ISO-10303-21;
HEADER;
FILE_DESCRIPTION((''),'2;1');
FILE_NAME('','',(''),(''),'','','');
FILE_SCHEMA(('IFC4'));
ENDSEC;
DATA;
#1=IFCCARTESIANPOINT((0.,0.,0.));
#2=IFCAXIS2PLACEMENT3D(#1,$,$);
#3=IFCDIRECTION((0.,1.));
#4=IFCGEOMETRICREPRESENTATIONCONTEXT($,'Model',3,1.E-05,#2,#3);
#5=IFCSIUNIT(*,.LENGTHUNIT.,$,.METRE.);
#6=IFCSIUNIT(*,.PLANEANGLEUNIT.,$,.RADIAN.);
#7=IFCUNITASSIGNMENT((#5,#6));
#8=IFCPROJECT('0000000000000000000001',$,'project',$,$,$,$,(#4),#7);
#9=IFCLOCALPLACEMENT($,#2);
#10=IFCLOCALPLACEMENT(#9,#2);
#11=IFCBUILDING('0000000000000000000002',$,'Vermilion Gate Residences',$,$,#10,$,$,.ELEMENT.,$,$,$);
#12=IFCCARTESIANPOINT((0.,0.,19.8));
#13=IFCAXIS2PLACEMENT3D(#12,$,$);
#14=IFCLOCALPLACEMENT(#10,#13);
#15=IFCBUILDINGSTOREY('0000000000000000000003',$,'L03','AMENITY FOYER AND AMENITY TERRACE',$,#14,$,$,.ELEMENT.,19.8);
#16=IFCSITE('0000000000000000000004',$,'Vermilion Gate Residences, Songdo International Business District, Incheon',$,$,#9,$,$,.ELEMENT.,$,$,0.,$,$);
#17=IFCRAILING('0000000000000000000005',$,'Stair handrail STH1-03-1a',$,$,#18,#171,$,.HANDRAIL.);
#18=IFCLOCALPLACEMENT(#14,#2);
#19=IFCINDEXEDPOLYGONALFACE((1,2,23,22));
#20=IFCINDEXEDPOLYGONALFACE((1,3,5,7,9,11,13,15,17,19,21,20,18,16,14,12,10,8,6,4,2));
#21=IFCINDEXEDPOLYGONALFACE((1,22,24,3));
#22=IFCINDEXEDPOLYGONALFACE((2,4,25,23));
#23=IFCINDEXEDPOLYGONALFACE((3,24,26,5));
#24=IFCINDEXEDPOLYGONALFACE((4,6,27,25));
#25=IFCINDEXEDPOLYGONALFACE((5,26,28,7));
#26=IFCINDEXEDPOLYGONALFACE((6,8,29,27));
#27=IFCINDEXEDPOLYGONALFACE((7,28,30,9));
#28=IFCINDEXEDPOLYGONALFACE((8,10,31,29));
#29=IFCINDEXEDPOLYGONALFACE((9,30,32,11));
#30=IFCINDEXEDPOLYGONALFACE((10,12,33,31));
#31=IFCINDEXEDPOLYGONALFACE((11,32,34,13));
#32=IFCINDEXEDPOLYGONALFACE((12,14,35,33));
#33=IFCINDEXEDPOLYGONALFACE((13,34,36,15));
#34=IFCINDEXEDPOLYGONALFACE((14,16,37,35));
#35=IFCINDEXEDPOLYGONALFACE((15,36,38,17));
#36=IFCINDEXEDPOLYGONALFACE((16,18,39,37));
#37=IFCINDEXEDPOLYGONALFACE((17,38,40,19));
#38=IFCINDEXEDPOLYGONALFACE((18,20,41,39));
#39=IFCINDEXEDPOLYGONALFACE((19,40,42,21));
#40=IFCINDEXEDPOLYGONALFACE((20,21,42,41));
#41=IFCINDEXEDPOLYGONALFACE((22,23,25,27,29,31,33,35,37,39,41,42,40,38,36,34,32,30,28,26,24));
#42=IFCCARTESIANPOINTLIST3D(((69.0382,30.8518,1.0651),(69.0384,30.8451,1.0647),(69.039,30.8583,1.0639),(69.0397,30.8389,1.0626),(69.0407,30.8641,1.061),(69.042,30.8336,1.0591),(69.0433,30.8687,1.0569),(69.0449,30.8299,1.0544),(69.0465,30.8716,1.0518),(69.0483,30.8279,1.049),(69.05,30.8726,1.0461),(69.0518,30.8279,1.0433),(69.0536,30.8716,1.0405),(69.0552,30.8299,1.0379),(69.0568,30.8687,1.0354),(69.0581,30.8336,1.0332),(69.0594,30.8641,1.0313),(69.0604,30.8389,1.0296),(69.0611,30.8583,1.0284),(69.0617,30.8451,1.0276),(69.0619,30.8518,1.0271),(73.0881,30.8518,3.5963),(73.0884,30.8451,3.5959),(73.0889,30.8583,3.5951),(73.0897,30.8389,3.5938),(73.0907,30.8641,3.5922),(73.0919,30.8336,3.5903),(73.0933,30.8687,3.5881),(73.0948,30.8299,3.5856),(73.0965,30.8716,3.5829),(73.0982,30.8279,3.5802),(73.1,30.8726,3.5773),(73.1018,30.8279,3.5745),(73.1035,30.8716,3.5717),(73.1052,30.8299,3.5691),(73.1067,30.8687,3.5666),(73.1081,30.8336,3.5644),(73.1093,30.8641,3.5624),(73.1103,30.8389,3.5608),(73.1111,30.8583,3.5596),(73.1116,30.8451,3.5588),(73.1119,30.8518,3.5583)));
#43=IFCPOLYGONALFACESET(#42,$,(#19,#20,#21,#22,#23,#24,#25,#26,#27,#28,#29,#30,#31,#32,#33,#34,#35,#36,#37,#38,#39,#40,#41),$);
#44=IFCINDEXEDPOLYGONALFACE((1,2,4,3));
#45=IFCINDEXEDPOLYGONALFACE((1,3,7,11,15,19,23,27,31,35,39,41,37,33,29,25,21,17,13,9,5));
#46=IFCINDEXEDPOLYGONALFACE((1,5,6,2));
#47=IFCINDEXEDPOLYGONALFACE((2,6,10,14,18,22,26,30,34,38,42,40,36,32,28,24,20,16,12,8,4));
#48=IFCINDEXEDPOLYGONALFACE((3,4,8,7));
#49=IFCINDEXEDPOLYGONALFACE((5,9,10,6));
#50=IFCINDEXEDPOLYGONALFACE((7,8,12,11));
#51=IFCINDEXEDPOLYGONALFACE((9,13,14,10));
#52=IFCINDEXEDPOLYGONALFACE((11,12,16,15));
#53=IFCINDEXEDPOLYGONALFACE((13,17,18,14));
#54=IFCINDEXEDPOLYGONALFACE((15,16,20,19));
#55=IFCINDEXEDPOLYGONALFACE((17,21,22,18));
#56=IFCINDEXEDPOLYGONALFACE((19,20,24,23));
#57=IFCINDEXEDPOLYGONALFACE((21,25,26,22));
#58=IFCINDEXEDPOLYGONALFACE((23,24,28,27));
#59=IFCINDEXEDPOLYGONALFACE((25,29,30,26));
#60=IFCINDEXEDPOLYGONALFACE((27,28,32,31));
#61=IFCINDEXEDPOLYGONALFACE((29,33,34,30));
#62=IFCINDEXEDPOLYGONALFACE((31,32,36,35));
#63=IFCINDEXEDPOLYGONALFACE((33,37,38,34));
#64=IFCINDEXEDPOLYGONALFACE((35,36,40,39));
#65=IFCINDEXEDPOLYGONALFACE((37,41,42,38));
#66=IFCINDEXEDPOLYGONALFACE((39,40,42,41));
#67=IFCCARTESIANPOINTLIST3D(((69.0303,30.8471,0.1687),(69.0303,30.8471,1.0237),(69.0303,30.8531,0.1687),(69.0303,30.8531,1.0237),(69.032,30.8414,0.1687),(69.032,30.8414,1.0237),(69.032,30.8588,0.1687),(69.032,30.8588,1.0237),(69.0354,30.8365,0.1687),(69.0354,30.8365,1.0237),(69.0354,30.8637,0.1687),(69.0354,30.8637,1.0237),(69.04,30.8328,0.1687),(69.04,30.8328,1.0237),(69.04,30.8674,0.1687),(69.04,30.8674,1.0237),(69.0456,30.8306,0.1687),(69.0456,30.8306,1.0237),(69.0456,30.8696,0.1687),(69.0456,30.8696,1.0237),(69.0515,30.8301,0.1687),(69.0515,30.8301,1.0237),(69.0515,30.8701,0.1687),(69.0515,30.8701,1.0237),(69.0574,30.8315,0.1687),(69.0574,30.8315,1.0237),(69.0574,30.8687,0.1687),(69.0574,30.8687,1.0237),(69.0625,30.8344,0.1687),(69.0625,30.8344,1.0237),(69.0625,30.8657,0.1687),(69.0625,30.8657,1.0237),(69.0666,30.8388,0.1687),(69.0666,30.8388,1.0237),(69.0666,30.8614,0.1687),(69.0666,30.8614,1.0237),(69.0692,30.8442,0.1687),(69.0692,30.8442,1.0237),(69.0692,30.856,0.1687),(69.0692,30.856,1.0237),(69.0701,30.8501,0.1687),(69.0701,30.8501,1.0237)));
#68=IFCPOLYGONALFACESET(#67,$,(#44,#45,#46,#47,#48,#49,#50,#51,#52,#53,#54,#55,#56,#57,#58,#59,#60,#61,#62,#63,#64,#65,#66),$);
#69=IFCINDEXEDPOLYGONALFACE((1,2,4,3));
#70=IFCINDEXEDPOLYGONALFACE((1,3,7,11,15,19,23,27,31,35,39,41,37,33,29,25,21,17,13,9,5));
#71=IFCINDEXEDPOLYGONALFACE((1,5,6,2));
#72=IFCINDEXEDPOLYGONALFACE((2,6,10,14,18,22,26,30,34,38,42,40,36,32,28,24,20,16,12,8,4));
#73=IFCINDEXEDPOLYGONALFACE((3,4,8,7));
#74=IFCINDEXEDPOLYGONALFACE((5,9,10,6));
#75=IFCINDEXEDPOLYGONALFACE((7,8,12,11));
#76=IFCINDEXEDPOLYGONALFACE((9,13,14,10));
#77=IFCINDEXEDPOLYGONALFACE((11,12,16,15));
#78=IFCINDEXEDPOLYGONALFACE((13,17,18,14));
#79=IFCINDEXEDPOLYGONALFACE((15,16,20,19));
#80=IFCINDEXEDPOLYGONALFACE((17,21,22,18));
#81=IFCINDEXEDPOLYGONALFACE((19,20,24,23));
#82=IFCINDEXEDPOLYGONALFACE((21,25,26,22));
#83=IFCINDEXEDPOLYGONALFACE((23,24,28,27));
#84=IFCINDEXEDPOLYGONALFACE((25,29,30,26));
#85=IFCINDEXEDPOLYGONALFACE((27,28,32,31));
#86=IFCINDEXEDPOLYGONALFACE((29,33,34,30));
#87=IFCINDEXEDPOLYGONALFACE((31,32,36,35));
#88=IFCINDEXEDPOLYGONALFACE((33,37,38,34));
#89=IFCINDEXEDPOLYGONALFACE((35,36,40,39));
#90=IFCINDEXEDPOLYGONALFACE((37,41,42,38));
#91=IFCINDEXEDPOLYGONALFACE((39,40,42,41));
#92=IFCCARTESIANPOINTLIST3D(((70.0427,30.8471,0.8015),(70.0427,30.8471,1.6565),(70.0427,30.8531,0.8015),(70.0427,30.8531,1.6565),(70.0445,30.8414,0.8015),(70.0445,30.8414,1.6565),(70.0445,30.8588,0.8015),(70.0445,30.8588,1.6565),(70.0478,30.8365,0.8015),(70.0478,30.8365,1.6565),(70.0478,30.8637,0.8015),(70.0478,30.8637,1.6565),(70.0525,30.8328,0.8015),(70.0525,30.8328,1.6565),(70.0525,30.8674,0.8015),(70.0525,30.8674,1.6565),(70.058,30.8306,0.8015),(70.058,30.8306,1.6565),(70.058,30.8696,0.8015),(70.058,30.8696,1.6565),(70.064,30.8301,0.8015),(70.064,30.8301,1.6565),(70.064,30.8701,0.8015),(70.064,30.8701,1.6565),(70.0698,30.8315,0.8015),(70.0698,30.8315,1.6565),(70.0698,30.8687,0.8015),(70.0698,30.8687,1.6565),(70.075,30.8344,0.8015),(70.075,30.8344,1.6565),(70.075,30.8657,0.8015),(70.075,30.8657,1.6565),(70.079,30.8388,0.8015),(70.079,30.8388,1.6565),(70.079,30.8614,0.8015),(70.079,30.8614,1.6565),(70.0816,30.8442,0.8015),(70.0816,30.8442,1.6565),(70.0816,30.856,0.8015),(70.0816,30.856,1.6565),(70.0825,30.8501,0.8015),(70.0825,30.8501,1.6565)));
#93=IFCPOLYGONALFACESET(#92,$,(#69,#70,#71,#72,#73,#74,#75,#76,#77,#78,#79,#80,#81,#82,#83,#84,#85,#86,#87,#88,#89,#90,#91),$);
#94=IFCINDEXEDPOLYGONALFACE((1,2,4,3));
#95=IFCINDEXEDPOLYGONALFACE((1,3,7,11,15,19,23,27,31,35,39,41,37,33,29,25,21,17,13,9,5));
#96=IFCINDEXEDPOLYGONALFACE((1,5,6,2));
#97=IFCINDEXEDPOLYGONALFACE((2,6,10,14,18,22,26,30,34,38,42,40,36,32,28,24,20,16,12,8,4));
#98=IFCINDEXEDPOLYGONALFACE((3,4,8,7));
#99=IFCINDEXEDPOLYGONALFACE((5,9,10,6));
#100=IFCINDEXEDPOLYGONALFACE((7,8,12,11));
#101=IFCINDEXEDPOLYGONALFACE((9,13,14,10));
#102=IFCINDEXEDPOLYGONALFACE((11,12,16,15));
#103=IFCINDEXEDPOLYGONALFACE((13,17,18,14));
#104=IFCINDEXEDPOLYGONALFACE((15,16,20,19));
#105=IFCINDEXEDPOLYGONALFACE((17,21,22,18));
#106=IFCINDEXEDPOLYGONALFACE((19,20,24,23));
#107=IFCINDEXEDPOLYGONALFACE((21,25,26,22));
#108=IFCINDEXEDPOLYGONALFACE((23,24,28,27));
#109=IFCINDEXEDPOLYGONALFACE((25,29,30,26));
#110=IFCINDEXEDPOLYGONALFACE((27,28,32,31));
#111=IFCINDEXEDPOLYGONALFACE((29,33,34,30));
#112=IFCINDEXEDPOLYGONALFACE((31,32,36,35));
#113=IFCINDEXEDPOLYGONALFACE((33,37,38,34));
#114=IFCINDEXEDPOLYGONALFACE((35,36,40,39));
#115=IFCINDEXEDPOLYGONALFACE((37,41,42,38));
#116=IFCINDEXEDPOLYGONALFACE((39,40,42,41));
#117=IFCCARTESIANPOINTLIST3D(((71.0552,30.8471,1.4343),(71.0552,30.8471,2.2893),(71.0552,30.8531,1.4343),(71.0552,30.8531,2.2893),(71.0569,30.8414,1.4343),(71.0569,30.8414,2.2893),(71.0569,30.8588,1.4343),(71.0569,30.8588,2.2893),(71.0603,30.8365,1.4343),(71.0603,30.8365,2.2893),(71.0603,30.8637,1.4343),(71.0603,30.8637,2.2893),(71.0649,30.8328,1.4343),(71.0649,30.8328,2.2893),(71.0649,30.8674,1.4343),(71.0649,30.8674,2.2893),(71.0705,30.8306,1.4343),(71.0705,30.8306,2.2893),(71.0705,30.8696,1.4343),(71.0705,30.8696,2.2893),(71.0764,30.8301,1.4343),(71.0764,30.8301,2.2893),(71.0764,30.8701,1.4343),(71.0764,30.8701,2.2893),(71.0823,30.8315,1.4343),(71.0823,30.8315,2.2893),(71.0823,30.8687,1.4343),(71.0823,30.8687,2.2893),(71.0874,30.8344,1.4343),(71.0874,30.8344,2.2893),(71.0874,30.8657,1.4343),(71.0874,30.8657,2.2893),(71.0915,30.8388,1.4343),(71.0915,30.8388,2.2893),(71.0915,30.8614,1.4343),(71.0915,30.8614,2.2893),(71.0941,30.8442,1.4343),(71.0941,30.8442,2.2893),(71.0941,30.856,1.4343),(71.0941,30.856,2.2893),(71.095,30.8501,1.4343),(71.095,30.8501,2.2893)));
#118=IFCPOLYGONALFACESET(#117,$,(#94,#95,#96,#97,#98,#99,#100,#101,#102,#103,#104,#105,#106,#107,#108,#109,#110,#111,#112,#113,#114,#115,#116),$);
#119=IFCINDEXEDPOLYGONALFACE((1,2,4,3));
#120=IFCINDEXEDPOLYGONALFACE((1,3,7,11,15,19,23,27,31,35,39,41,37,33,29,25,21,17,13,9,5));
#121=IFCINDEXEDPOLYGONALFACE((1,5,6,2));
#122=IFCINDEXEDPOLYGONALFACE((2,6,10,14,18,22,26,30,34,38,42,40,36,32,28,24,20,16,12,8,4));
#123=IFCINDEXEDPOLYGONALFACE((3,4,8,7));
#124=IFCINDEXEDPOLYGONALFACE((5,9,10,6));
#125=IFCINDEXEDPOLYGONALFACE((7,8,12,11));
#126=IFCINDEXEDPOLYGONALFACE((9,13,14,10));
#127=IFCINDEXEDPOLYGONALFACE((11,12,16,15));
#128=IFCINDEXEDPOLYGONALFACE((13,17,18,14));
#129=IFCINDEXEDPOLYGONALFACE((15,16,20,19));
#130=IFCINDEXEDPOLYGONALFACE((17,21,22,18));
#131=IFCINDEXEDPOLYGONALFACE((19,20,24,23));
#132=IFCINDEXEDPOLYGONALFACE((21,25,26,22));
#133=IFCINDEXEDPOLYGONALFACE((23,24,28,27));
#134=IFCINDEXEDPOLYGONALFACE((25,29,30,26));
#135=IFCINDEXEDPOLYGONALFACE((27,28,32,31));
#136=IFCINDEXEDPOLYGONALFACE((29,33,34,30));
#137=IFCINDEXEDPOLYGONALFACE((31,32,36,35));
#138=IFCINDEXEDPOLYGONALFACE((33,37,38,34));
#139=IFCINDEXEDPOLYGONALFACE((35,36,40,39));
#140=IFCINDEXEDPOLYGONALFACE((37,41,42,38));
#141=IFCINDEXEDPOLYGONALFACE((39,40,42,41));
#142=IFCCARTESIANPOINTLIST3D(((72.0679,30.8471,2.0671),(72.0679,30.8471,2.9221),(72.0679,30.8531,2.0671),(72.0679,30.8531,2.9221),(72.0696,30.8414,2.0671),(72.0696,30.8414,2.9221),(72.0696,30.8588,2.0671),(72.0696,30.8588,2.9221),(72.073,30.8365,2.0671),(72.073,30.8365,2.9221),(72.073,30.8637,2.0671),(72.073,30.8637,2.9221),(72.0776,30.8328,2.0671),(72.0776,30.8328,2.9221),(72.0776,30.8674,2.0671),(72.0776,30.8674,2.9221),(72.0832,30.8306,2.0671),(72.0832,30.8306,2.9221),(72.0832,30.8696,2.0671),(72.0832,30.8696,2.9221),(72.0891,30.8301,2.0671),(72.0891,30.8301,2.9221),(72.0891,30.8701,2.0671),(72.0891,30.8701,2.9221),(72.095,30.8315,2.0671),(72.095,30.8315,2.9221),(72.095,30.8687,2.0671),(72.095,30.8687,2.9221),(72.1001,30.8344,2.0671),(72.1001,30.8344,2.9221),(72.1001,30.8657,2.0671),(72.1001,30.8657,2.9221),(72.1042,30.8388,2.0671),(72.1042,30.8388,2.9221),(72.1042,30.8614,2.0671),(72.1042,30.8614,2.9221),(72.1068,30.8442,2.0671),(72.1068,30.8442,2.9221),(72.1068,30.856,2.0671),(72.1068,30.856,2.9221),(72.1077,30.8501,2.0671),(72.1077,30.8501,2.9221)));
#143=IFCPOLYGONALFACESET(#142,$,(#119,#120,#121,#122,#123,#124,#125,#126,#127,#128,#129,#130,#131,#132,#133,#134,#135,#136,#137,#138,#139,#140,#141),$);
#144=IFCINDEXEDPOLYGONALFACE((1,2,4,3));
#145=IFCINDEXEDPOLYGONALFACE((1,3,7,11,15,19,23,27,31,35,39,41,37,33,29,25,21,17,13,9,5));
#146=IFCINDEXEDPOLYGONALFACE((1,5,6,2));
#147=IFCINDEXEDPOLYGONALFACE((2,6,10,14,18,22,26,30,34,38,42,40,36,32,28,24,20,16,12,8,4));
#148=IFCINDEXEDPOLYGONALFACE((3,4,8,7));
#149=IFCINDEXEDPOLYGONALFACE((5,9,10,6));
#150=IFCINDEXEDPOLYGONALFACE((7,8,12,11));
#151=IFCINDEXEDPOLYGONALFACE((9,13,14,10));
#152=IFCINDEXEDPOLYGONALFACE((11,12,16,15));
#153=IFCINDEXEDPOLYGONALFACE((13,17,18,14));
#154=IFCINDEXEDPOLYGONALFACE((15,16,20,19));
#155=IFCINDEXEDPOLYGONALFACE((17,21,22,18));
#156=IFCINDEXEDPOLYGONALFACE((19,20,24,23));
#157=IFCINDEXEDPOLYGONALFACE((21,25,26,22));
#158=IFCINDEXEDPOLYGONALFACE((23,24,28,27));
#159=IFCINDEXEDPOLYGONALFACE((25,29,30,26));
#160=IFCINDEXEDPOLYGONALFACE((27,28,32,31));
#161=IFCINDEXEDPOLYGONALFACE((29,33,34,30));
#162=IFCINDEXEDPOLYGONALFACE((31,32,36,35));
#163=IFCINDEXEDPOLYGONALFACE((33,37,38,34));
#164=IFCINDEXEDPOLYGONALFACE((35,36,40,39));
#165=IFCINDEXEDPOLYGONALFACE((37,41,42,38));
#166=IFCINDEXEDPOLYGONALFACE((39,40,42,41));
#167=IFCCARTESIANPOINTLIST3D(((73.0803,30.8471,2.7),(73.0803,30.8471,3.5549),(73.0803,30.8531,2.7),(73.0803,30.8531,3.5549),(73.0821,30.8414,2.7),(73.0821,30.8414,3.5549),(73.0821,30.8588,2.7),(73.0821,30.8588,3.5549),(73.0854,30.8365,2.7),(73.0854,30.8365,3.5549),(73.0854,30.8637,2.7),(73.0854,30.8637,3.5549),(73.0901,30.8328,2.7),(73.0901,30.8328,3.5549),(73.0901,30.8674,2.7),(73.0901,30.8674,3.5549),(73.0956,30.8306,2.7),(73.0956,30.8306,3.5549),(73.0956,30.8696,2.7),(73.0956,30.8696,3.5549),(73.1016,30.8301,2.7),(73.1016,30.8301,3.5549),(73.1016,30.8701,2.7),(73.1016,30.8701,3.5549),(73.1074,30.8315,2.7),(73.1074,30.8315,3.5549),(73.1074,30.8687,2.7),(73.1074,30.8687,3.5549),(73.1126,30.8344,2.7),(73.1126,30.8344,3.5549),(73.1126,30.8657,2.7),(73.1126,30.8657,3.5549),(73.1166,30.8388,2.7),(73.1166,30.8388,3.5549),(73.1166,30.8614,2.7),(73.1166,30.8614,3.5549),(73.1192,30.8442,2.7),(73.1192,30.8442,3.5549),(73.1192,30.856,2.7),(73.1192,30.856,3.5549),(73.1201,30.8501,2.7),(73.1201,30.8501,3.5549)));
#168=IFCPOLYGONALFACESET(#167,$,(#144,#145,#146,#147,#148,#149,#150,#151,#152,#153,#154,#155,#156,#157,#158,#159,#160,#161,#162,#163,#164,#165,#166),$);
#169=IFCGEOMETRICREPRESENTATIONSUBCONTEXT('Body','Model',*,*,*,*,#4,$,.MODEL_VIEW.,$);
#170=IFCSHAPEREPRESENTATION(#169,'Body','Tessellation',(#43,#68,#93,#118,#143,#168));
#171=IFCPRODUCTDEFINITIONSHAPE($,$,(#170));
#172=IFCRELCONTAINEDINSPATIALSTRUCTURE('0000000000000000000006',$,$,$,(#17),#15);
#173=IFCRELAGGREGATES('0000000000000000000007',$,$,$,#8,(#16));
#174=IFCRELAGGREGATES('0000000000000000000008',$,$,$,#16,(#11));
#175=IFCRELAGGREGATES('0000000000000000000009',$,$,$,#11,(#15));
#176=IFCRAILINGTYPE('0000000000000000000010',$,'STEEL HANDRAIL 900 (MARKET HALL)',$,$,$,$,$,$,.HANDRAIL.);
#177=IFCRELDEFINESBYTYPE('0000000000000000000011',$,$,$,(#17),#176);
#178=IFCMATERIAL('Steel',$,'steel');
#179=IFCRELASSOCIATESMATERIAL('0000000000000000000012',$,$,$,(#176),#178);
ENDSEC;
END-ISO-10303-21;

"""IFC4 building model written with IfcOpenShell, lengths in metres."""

from ifc_helpers import new_model, si_unit, direction, frame, origin, origin_2d, place, context, subcontext, project, spatial, circle, extrude, material, type_object, element, save


model = new_model("IFC4")

# Units and contexts
model_context = context("Model", 3, precision=1e-05, world=origin(), true_north=direction((0.0, 1.0)))
body_context = subcontext(model_context, "Body", "Model", "MODEL_VIEW")
ifc_project = project(units=[si_unit("LENGTHUNIT", "METRE"), si_unit("PLANEANGLEUNIT", "RADIAN")], contexts=[model_context])

# Site, building, storey
site_placement = place(None, origin())
site = spatial("IfcSite", under=ifc_project, at=site_placement, Name="Vermilion Gate Residences, Songdo International Business District, Incheon", CompositionType="ELEMENT", RefElevation=0.0)
building_placement = place(site_placement, origin())
building = spatial("IfcBuilding", under=site, at=building_placement, Name="Vermilion Gate Residences", CompositionType="ELEMENT")
storey_placement = place(building_placement, frame((0.0, 0.0, 19.8)))
storey = spatial("IfcBuildingStorey", under=building, at=storey_placement, Name="L03", Description="AMENITY FOYER AND AMENITY TERRACE", CompositionType="ELEMENT", Elevation=19.8)

# Railing
ifc_material_1 = material(Name="Steel", Category="steel")
railing_type_1 = type_object("IfcRailingType", Name="STEEL HANDRAIL 900 (MARKET HALL)", PredefinedType="HANDRAIL", material=ifc_material_1)
for number, where, name in (
    (1, (69.05, 30.8501, 0.1687), "Stair handrail STH1-03-1a"),
):
    element("IfcRailing", number, at=place(storey_placement, frame(where)), inside=storey, type_object=railing_type_1, Name=name, PredefinedType="HANDRAIL", context=body_context, shape_type="SweptSolid", body=[
        extrude(circle(Radius=0.0225, at=origin_2d()), frame((0.0, 0.0, 0.8774), z_axis=(0.848001, 0.0, 0.529994), x_axis=(0.0, 1.0, 0.0)), (0.0, 0.0, 1.0), 4.7759),
        extrude(circle(Radius=0.02, at=origin_2d()), origin(), (0.0, 0.0, 1.0), 0.855),
        extrude(circle(Radius=0.02, at=origin_2d()), frame((1.0125, 0.0, 0.6328)), (0.0, 0.0, 1.0), 0.855),
        extrude(circle(Radius=0.02, at=origin_2d()), frame((2.0249, 0.0, 1.2656)), (0.0, 0.0, 1.0), 0.855),
        extrude(circle(Radius=0.02, at=origin_2d()), frame((3.0376, 0.0, 1.8984)), (0.0, 0.0, 1.0), 0.855),
        extrude(circle(Radius=0.02, at=origin_2d()), frame((4.05, 0.0, 2.5312)), (0.0, 0.0, 1.0), 0.855),
    ])

save(model, "model.ifc")
